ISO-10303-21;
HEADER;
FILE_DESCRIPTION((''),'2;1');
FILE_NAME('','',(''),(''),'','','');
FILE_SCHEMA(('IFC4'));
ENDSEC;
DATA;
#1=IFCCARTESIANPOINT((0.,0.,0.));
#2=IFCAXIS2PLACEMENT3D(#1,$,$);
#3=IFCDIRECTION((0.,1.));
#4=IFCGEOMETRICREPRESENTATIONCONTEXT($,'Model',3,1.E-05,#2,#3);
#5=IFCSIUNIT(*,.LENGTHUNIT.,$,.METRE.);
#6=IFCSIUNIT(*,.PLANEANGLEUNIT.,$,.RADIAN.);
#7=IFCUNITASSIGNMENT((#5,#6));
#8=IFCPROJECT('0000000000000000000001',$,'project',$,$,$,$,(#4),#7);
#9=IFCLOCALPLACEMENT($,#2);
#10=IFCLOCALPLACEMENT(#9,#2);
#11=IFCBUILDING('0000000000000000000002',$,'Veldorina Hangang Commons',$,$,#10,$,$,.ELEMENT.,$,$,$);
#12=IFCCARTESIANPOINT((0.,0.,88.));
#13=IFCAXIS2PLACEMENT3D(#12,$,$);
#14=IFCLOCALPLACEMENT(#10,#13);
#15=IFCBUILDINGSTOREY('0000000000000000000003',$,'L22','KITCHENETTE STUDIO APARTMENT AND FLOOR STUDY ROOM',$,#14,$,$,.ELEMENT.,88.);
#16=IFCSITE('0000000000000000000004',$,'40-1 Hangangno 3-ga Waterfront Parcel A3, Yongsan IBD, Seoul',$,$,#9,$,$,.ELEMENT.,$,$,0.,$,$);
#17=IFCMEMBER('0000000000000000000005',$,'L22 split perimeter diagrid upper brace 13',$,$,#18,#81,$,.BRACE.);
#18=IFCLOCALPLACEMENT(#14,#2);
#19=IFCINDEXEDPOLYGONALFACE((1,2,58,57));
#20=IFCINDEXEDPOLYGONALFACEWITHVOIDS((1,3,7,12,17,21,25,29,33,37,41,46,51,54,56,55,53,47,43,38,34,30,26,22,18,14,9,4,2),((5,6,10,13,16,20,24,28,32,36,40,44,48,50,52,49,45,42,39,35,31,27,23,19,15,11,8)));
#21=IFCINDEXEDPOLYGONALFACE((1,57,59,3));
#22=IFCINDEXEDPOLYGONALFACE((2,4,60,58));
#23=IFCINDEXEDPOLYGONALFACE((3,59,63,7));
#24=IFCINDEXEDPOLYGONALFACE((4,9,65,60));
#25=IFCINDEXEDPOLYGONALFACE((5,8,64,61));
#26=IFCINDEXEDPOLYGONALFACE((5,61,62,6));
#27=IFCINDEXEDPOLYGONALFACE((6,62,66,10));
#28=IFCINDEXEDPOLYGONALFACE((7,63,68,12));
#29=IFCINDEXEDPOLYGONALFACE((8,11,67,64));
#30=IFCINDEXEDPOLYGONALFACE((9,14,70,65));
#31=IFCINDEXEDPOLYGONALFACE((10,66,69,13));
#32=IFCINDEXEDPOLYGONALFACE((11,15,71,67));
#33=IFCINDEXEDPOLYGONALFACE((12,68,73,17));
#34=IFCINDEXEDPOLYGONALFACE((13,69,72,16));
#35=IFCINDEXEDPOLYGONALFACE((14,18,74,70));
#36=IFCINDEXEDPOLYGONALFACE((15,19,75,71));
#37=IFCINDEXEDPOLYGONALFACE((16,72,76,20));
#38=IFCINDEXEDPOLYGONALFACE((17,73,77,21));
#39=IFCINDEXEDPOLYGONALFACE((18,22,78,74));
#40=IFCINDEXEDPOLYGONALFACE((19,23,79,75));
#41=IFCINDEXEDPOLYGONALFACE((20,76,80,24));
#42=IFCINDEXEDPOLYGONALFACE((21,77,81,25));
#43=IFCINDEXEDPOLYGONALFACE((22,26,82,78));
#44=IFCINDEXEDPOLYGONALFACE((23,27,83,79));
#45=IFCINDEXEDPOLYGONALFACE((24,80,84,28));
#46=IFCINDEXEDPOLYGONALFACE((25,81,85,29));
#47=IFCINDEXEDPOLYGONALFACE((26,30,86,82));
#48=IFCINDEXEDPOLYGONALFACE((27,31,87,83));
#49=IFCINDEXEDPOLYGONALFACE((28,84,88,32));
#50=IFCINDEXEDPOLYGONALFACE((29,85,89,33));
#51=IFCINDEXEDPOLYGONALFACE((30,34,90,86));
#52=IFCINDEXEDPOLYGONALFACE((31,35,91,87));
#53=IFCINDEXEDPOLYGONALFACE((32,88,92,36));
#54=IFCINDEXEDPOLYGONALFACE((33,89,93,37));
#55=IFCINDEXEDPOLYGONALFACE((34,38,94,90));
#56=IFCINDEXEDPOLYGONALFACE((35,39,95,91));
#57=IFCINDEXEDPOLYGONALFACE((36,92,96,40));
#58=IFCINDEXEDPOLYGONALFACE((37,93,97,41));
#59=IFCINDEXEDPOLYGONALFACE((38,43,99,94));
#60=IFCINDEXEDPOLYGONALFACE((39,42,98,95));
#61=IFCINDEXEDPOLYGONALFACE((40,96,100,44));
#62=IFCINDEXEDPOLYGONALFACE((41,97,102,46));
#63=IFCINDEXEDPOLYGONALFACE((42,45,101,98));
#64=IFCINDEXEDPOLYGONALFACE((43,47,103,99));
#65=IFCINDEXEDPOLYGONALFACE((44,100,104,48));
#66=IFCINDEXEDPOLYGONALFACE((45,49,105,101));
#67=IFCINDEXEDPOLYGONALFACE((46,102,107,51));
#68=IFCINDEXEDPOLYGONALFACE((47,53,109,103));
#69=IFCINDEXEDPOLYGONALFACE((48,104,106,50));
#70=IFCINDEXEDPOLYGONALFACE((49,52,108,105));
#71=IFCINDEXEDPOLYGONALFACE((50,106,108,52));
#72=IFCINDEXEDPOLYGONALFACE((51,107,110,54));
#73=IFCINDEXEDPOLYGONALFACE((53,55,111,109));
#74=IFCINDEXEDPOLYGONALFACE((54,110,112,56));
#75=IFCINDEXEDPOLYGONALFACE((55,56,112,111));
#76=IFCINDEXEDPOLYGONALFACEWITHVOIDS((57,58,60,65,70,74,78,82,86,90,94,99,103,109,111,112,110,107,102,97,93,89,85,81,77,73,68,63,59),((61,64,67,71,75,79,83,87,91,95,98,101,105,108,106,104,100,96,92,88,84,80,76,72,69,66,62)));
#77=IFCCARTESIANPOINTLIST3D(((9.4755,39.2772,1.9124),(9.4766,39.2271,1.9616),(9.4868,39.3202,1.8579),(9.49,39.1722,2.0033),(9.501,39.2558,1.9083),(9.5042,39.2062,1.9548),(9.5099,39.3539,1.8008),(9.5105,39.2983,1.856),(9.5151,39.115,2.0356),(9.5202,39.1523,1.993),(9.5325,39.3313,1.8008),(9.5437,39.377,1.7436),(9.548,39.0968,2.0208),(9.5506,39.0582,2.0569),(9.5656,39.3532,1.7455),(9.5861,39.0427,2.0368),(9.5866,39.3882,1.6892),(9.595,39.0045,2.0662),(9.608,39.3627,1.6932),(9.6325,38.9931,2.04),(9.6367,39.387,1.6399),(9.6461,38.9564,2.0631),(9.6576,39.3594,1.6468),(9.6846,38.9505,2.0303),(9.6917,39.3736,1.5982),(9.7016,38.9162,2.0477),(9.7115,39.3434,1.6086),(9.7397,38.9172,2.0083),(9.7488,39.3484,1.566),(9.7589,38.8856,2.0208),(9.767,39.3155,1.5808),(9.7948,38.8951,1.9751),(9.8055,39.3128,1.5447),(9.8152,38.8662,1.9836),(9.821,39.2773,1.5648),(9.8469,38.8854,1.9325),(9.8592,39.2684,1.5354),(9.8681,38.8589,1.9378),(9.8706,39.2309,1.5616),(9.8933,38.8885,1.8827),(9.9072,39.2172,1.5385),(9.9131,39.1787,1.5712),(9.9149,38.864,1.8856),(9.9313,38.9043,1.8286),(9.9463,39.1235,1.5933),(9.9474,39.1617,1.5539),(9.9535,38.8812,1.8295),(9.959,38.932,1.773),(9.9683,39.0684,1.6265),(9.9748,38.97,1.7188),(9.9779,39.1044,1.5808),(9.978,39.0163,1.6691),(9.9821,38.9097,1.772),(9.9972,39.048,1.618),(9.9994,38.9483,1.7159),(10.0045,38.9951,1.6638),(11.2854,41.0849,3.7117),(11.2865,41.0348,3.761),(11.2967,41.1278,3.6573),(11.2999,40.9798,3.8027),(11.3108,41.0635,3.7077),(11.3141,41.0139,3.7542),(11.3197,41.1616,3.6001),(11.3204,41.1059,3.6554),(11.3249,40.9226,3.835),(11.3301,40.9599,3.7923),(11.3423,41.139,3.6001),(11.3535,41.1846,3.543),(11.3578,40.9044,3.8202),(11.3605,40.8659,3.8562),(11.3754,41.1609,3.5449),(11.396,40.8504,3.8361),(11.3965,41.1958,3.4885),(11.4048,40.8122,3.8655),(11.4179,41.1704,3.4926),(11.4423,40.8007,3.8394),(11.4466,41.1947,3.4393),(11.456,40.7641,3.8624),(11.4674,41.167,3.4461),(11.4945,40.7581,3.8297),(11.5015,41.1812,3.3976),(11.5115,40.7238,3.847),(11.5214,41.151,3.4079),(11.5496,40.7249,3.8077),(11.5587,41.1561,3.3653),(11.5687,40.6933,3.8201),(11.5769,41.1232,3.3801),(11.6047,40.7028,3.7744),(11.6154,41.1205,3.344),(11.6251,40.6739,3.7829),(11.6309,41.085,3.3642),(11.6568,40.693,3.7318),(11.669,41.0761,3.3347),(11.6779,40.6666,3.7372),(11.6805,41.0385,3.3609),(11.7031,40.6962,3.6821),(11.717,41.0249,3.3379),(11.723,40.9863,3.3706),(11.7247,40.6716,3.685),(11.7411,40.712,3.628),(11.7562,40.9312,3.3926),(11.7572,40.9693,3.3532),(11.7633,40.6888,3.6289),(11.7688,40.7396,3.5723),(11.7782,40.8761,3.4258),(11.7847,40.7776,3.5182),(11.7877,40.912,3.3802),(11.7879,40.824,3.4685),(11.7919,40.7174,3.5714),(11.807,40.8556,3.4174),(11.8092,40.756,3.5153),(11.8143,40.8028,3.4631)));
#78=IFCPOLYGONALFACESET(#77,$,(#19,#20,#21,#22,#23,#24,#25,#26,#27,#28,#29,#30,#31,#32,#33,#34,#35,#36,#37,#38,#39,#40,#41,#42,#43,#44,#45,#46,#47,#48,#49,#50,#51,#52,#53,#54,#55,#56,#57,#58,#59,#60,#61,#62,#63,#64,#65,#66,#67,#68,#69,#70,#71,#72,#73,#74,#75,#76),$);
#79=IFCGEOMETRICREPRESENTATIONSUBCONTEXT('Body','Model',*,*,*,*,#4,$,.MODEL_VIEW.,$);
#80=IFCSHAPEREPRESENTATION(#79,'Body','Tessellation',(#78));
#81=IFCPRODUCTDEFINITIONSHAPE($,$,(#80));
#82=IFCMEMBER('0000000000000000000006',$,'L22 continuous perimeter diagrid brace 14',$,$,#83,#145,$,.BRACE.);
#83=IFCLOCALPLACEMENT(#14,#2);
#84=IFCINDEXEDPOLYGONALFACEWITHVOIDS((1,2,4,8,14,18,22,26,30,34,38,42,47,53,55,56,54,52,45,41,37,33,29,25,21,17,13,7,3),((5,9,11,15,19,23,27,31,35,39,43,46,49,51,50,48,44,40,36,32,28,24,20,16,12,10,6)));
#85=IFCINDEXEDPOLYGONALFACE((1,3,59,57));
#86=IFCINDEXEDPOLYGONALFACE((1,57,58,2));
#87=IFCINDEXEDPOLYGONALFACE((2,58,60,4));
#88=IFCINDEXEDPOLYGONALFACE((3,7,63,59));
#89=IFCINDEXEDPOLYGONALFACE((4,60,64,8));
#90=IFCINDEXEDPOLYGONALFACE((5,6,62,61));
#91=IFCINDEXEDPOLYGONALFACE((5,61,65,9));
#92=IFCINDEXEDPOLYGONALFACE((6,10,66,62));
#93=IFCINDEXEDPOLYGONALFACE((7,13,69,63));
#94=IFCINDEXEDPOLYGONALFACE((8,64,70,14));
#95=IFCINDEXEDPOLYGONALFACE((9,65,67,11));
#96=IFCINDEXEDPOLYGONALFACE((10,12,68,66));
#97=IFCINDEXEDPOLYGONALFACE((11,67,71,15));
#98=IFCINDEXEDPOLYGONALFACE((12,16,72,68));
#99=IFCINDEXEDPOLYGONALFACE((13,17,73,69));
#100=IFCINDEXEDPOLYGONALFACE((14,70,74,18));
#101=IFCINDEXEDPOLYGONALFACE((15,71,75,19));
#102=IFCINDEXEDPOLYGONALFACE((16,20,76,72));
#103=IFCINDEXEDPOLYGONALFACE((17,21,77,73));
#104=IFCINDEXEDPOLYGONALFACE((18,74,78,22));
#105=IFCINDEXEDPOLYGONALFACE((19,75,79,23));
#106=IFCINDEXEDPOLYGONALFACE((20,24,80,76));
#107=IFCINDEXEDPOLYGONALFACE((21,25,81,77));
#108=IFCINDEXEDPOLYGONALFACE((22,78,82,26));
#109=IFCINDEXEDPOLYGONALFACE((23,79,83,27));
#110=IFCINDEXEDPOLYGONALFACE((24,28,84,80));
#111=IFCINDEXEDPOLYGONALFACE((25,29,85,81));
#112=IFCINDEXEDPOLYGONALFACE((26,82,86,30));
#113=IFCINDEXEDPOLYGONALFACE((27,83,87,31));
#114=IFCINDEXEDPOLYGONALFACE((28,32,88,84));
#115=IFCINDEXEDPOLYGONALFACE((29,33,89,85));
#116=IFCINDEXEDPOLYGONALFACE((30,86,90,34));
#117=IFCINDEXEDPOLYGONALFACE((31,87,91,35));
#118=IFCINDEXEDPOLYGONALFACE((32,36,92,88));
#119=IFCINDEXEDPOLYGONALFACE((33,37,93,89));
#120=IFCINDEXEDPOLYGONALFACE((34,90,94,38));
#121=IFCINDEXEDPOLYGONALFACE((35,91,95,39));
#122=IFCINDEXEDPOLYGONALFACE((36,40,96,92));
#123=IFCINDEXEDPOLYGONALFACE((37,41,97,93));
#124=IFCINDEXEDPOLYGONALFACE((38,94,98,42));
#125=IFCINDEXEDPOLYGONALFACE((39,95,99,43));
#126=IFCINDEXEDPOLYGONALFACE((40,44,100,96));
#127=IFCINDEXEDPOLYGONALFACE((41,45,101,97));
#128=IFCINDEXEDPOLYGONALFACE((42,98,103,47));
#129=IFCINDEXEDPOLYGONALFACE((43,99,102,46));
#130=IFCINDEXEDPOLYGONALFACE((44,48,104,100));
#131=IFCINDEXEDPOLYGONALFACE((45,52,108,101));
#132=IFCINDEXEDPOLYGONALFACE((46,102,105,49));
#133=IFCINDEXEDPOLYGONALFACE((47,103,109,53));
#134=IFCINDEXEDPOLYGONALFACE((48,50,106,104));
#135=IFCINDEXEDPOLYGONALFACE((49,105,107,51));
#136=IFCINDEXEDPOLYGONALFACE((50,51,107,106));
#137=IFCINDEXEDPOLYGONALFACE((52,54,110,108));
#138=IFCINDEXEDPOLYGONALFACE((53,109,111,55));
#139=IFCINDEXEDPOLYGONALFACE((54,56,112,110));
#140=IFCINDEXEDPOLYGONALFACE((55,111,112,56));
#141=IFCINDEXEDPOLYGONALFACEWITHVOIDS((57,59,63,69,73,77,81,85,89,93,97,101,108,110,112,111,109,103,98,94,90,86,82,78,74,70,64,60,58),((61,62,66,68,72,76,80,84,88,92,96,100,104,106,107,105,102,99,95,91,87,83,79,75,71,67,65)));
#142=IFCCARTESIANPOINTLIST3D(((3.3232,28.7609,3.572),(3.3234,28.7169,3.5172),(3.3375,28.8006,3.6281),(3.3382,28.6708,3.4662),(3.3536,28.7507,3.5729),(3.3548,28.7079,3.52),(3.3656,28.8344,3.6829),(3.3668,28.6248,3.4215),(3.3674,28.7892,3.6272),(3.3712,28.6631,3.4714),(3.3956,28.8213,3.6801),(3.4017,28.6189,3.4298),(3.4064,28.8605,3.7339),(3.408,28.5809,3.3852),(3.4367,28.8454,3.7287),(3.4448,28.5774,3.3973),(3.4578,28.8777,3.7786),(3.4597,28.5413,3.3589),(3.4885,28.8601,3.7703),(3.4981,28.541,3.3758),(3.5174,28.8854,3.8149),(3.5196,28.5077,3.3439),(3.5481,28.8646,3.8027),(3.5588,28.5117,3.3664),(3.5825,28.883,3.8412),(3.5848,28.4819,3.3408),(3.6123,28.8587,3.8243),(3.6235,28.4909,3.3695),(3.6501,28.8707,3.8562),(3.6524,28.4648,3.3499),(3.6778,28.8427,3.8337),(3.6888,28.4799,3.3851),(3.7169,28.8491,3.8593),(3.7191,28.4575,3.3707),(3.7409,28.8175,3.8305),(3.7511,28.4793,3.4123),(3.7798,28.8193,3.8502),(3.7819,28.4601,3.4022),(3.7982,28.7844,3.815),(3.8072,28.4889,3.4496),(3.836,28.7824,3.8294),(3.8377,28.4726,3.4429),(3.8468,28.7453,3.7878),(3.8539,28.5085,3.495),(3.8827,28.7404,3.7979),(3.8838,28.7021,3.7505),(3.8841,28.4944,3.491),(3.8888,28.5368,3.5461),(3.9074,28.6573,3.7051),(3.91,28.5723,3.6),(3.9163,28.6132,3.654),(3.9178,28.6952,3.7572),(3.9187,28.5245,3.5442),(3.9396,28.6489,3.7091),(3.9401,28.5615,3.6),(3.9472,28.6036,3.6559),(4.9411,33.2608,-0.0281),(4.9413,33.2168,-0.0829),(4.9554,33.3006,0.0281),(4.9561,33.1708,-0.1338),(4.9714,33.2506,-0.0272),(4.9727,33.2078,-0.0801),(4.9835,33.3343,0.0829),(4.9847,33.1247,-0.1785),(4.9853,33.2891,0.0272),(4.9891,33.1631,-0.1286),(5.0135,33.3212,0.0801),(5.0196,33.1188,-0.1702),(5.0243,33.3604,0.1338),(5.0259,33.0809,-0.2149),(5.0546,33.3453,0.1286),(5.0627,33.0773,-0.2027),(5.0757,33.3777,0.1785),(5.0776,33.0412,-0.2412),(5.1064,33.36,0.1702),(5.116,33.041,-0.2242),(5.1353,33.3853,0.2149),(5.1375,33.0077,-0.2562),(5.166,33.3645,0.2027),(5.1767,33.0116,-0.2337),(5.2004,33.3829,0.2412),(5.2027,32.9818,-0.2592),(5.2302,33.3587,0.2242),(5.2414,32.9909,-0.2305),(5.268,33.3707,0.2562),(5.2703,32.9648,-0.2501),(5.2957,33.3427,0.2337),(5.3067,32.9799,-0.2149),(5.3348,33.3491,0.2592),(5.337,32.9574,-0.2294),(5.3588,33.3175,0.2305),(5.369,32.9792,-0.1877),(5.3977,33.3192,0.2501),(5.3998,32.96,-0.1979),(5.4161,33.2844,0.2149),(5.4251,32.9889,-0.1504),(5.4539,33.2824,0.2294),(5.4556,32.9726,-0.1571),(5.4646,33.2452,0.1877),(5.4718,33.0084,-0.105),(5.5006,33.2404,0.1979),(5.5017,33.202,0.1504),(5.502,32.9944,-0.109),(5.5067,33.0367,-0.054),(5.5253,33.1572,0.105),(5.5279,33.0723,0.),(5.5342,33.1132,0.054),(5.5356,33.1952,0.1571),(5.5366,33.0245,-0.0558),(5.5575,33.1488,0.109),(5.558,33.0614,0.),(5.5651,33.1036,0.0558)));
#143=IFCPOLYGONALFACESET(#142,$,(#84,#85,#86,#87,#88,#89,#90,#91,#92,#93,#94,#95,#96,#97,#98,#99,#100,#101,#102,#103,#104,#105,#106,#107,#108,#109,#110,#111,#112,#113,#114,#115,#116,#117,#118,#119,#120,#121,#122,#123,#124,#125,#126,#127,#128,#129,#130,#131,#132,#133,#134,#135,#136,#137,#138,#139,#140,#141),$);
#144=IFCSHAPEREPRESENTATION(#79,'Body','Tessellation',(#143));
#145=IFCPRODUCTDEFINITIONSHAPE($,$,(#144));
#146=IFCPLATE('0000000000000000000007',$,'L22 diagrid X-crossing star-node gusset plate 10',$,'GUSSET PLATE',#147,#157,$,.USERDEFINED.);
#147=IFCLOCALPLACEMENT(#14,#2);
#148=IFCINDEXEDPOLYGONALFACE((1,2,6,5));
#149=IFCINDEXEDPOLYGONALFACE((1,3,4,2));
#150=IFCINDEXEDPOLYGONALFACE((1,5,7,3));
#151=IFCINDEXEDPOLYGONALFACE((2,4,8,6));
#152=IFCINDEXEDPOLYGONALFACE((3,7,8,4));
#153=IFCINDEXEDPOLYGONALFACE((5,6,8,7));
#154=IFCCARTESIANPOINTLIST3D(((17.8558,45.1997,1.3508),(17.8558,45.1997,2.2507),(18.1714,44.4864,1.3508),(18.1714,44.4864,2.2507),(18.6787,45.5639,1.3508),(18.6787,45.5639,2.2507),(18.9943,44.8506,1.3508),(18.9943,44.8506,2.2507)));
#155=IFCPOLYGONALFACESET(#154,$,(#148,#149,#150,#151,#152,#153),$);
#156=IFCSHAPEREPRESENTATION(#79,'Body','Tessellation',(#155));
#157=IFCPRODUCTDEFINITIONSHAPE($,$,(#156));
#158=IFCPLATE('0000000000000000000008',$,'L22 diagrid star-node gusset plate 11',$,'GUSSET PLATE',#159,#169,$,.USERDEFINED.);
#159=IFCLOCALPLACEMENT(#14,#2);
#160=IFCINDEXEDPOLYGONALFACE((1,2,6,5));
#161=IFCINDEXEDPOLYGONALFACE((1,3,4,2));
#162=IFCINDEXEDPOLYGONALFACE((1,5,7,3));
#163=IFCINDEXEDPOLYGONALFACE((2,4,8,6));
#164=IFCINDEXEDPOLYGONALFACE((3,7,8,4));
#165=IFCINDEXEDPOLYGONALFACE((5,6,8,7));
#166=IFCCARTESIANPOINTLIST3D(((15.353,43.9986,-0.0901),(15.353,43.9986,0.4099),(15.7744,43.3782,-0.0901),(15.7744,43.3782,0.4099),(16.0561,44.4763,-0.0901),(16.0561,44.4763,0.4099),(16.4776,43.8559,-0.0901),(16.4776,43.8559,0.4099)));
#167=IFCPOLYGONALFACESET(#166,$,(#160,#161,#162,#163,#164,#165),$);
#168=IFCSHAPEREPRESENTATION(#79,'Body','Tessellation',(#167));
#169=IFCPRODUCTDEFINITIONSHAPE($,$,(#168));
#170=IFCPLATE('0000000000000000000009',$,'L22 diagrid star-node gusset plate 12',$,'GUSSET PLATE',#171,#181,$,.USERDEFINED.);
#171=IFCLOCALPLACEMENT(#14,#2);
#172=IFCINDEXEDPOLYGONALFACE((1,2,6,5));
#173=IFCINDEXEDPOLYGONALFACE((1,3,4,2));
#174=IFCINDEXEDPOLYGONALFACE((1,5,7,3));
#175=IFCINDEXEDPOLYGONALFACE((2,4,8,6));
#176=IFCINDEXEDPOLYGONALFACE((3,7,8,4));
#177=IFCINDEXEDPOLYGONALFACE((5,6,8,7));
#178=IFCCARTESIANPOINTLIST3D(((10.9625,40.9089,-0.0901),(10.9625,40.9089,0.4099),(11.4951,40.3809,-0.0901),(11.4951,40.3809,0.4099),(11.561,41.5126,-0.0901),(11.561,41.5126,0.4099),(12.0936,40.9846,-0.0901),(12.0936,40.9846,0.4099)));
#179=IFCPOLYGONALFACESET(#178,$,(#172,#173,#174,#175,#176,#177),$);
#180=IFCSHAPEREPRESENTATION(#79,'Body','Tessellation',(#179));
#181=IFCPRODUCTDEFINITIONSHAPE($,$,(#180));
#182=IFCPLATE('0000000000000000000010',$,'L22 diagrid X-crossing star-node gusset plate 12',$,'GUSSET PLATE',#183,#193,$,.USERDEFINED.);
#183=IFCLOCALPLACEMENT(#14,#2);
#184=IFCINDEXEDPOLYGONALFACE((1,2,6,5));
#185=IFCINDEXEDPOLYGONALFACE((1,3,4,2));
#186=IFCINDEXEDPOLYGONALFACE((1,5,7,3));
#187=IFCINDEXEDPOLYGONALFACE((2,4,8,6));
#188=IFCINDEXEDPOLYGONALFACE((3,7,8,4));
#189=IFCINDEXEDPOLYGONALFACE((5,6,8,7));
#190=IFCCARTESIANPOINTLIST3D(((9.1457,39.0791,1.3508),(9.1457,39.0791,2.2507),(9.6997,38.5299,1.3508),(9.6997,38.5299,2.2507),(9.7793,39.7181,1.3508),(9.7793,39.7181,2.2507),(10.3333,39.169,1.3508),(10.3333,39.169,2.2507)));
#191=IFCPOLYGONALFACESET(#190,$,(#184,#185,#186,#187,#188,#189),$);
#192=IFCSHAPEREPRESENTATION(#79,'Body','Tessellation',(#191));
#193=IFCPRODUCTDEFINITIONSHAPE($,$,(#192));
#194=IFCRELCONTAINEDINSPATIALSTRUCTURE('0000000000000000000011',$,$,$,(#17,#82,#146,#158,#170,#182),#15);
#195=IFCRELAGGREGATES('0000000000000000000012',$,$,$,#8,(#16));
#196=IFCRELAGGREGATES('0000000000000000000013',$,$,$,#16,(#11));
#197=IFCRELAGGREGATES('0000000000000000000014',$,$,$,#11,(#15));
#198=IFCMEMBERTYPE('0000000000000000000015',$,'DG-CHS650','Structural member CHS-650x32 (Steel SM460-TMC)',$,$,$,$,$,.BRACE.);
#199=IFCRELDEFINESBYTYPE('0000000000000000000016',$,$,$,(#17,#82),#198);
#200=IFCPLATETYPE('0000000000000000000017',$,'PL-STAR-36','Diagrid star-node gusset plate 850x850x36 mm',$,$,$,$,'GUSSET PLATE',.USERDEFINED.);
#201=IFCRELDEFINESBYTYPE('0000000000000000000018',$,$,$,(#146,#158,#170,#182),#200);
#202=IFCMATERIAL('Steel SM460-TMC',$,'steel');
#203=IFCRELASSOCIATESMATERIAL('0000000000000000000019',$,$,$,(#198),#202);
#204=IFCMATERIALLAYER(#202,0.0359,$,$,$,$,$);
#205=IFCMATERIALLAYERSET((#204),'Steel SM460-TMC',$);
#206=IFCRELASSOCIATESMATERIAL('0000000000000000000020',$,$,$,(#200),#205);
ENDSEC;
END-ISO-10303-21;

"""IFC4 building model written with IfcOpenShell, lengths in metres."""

from ifc_helpers import new_model, si_unit, direction, frame, origin, origin_2d, place, context, subcontext, project, spatial, rectangle, hollow_circle, extrude, material, layer, layer_set, material_profile, profile_set, type_object, element, save


model = new_model("IFC4")

# Units and contexts
model_context = context("Model", 3, precision=1e-05, world=origin(), true_north=direction((0.0, 1.0)))
body_context = subcontext(model_context, "Body", "Model", "MODEL_VIEW")
ifc_project = project(units=[si_unit("LENGTHUNIT", "METRE"), si_unit("PLANEANGLEUNIT", "RADIAN")], contexts=[model_context])

# Site, building, storey
site_placement = place(None, origin())
site = spatial("IfcSite", under=ifc_project, at=site_placement, Name="40-1 Hangangno 3-ga Waterfront Parcel A3, Yongsan IBD, Seoul", CompositionType="ELEMENT", RefElevation=0.0)
building_placement = place(site_placement, origin())
building = spatial("IfcBuilding", under=site, at=building_placement, Name="Veldorina Hangang Commons", CompositionType="ELEMENT")
storey_placement = place(building_placement, frame((0.0, 0.0, 88.0)))
storey = spatial("IfcBuildingStorey", under=building, at=storey_placement, Name="L22", Description="KITCHENETTE STUDIO APARTMENT AND FLOOR STUDY ROOM", CompositionType="ELEMENT", Elevation=88.0)

# Members
ifc_material_1 = material(Name="Steel SM460-TMC", Category="steel")
ifc_material_profile_1 = material_profile(ifc_material_1, hollow_circle(Radius=0.325, WallThickness=0.032, at=origin_2d()), Name="CHS-650x32")
ifc_profile_set_1 = profile_set([ifc_material_profile_1], Name="Steel SM460-TMC")
member_type = type_object("IfcMemberType", Name="DG-CHS650", Description="Structural member CHS-650x32 (Steel SM460-TMC)", PredefinedType="BRACE", material=ifc_profile_set_1)
member_1_placement = place(storey_placement, frame((9.7395, 39.124, 1.8008), z_axis=(0.578702, 0.577999, 0.575345), x_axis=(-0.706677, 0.707536, 0.0)))
element("IfcMember", 1, at=member_1_placement, inside=storey, type_object=member_type, Name="L22 split perimeter diagrid upper brace 13", PredefinedType="BRACE", context=body_context, shape_type="SweptSolid", body=[
    extrude(hollow_circle(Radius=0.325, WallThickness=0.032, at=origin_2d()), origin(), (0.0, 0.0, 1.0), 3.1274),
])
member_2_placement = place(storey_placement, frame((5.2522, 33.1714, 0.0), z_axis=(-0.270298, -0.751794, 0.601452), x_axis=(0.941026, -0.338334, 0.0)))
element("IfcMember", 2, at=member_2_placement, inside=storey, type_object=member_type, Name="L22 continuous perimeter diagrid brace 14", PredefinedType="BRACE", context=body_context, shape_type="SweptSolid", body=[
    extrude(hollow_circle(Radius=0.325, WallThickness=0.032, at=origin_2d()), origin(), (0.0, 0.0, 1.0), 5.9856),
])

# Plates
ifc_layer_1 = layer(ifc_material_1, 0.0359)
ifc_layer_set_1 = layer_set([ifc_layer_1], Name="Steel SM460-TMC")
plate_type = type_object("IfcPlateType", Name="PL-STAR-36", Description="Diagrid star-node gusset plate 850x850x36 mm", ElementType="GUSSET PLATE", PredefinedType="USERDEFINED", material=ifc_layer_set_1)
plate_1_placement = place(storey_placement, frame((18.425, 45.0251, 1.3508), z_axis=(0.0, 0.0, 1.0), x_axis=(-0.91448, -0.404631, 0.0)))
element("IfcPlate", 3, at=plate_1_placement, inside=storey, type_object=plate_type, Name="L22 diagrid X-crossing star-node gusset plate 10", ObjectType="GUSSET PLATE", PredefinedType="USERDEFINED", context=body_context, shape_type="SweptSolid", body=[
    extrude(rectangle(XDim=0.8999, YDim=0.78, at=origin_2d()), origin(), (0.0, 0.0, 1.0), 0.8999),
])
for number, where, z_axis, x_axis, name in (
    (4, (15.9153, 43.9272, -0.0901), (0.0, 0.0, 1.0), (-0.827169, -0.561953, 0.0), "L22 diagrid star-node gusset plate 11"),
    (5, (11.5281, 40.9468, -0.0901), (0.0, 0.0, 1.0), (-0.704052, -0.710149, 0.0), "L22 diagrid star-node gusset plate 12"),
):
    element("IfcPlate", number, at=place(storey_placement, frame(where, z_axis=z_axis, x_axis=x_axis)), inside=storey, type_object=plate_type, Name=name, ObjectType="GUSSET PLATE", PredefinedType="USERDEFINED", context=body_context, shape_type="SweptSolid", body=[
        extrude(rectangle(XDim=0.8501, YDim=0.75, at=origin_2d()), origin(), (0.0, 0.0, 1.0), 0.5),
    ])
plate_2_placement = place(storey_placement, frame((9.7395, 39.124, 1.3508), z_axis=(0.0, 0.0, 1.0), x_axis=(-0.704052, -0.710149, 0.0)))
element("IfcPlate", 6, at=plate_2_placement, inside=storey, type_object=plate_type, Name="L22 diagrid X-crossing star-node gusset plate 12", ObjectType="GUSSET PLATE", PredefinedType="USERDEFINED", context=body_context, shape_type="SweptSolid", body=[
    extrude(rectangle(XDim=0.8999, YDim=0.78, at=origin_2d()), origin(), (0.0, 0.0, 1.0), 0.8999),
])

save(model, "model.ifc")
